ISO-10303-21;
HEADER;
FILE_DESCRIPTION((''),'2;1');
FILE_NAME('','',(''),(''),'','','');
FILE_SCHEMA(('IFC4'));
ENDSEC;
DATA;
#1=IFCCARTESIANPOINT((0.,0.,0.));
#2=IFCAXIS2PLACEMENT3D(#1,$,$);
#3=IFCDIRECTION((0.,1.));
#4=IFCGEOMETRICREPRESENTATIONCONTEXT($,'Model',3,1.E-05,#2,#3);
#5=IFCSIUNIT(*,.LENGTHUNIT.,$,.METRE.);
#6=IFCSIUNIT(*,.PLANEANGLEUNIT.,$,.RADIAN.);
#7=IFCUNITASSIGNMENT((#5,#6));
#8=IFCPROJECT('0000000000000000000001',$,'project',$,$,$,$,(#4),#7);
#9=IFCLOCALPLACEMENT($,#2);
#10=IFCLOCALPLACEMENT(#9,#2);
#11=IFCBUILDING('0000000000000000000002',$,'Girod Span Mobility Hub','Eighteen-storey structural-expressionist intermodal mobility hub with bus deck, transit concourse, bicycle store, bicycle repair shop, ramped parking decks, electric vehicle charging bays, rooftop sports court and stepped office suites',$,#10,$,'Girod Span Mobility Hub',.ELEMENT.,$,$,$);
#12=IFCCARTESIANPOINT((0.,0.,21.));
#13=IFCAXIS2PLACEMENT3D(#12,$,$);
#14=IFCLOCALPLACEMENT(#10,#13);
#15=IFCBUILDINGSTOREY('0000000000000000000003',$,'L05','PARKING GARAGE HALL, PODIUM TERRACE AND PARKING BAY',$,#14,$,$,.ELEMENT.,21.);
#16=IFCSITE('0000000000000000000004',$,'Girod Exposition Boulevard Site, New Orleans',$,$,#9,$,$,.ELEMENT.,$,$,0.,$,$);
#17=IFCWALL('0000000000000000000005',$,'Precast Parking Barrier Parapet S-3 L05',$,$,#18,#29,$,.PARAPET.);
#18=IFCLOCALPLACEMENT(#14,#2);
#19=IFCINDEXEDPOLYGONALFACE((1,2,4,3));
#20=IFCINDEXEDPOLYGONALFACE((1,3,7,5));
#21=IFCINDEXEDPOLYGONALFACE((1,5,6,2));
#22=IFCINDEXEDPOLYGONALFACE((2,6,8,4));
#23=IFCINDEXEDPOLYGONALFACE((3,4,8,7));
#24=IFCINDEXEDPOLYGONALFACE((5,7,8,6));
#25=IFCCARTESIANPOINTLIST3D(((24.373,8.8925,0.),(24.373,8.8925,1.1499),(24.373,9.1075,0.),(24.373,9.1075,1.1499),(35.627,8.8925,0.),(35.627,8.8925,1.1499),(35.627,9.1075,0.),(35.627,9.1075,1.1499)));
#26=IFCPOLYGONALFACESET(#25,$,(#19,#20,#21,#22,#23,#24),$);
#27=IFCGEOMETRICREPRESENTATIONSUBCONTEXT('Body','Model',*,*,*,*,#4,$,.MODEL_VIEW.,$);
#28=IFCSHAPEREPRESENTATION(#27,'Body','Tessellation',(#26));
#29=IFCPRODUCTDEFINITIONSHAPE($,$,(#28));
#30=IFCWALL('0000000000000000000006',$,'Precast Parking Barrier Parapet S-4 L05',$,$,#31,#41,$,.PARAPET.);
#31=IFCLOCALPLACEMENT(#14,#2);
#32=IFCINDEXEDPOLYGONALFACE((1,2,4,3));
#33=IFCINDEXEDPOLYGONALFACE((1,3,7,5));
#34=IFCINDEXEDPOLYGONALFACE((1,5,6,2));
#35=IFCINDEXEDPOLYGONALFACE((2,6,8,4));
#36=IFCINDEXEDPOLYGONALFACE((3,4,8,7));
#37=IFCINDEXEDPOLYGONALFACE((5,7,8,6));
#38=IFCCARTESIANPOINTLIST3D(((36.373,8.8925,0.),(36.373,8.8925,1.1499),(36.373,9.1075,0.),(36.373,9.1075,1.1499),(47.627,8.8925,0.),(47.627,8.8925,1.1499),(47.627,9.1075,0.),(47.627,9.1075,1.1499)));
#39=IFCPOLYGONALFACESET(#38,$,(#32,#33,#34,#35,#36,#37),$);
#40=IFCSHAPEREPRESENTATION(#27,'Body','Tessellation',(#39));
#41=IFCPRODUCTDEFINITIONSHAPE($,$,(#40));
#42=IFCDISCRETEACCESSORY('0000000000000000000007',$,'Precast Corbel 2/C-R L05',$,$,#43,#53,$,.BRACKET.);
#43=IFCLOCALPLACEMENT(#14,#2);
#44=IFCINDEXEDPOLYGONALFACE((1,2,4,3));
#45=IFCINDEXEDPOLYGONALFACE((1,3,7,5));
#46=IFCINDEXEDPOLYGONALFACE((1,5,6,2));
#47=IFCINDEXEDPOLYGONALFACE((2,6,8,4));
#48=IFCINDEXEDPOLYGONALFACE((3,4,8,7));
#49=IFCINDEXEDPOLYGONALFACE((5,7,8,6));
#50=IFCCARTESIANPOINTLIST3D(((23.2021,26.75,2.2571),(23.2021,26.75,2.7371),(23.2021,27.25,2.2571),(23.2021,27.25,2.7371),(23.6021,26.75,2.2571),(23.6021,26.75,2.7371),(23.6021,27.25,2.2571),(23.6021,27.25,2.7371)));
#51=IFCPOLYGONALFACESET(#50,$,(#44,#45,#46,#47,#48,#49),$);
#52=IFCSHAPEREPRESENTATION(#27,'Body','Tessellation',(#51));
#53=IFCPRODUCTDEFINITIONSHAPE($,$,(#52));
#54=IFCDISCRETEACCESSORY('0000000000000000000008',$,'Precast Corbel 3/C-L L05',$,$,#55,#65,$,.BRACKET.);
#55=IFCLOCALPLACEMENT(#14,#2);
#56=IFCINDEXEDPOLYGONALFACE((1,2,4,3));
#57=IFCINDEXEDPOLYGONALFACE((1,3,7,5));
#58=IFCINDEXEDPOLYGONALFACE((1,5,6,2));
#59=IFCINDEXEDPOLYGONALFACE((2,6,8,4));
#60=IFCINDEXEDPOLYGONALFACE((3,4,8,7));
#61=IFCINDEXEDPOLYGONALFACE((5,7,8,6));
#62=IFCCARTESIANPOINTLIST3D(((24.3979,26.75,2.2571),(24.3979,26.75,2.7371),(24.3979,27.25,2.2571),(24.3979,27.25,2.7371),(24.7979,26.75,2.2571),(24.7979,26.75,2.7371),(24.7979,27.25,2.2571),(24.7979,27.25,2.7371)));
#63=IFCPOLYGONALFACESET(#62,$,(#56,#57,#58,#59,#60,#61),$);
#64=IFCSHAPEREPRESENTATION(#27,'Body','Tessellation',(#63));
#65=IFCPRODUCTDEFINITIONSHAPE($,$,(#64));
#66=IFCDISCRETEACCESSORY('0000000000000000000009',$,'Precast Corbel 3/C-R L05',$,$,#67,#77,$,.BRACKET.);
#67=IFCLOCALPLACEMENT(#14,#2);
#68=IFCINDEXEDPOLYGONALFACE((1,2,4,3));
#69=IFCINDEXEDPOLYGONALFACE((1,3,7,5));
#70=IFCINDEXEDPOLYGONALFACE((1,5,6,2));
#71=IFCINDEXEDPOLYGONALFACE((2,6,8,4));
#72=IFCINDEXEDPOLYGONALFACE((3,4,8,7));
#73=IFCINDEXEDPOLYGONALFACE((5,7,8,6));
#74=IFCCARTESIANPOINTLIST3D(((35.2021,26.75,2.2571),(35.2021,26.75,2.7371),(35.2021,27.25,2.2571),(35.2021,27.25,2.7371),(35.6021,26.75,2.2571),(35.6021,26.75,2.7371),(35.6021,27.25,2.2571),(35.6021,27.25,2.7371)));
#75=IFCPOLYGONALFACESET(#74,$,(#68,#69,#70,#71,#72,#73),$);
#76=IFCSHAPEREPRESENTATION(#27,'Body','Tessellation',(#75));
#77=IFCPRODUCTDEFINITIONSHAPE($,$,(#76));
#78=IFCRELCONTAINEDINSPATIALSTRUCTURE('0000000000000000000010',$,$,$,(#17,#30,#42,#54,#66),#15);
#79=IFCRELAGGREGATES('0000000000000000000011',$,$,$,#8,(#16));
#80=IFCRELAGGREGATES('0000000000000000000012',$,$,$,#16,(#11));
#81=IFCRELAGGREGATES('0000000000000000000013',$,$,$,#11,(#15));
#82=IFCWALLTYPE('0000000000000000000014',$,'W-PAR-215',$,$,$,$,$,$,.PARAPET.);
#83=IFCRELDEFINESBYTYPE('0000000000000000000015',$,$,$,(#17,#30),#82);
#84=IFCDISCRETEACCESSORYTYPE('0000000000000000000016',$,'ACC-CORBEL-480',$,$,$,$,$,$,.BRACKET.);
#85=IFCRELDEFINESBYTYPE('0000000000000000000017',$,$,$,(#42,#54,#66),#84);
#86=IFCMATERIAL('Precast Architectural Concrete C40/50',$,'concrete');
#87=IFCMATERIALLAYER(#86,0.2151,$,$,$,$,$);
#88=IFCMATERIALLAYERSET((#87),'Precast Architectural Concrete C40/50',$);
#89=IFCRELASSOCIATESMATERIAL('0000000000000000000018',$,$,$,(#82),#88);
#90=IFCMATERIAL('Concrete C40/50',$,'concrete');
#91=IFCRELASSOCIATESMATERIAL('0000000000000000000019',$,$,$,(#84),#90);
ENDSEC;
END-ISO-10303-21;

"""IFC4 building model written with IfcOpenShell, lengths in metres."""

from ifc_helpers import new_model, si_unit, direction, frame, frame_2d, origin, origin_2d, place, context, subcontext, project, spatial, rectangle, extrude, material, layer, layer_set, type_object, element, save


model = new_model("IFC4")

# Units and contexts
model_context = context("Model", 3, precision=1e-05, world=origin(), true_north=direction((0.0, 1.0)))
body_context = subcontext(model_context, "Body", "Model", "MODEL_VIEW")
ifc_project = project(units=[si_unit("LENGTHUNIT", "METRE"), si_unit("PLANEANGLEUNIT", "RADIAN")], contexts=[model_context])

# Site, building, storey
site_placement = place(None, origin())
site = spatial("IfcSite", under=ifc_project, at=site_placement, Name="Girod Exposition Boulevard Site, New Orleans", CompositionType="ELEMENT", RefElevation=0.0)
building_placement = place(site_placement, origin())
building = spatial("IfcBuilding", under=site, at=building_placement, Name="Girod Span Mobility Hub", Description="Eighteen-storey structural-expressionist intermodal mobility hub with bus deck, transit concourse, bicycle store, bicycle repair shop, ramped parking decks, electric vehicle charging bays, rooftop sports court and stepped office suites", LongName="Girod Span Mobility Hub", CompositionType="ELEMENT")
storey_placement = place(building_placement, frame((0.0, 0.0, 21.0)))
storey = spatial("IfcBuildingStorey", under=building, at=storey_placement, Name="L05", Description="PARKING GARAGE HALL, PODIUM TERRACE AND PARKING BAY", CompositionType="ELEMENT", Elevation=21.0)

# Walls
ifc_material_1 = material(Name="Precast Architectural Concrete C40/50", Category="concrete")
ifc_layer_1 = layer(ifc_material_1, 0.2151)
ifc_layer_set_1 = layer_set([ifc_layer_1], Name="Precast Architectural Concrete C40/50")
wall_type = type_object("IfcWallType", Name="W-PAR-215", PredefinedType="PARAPET", material=ifc_layer_set_1)
for number, where, z_axis, x_axis, name in (
    (1, (24.373, 9.0, 0.0), (0.0, 0.0, 1.0), (1.0, 0.0, 0.0), "Precast Parking Barrier Parapet S-3 L05"),
    (2, (36.373, 9.0, 0.0), (0.0, 0.0, 1.0), (1.0, 0.0, 0.0), "Precast Parking Barrier Parapet S-4 L05"),
):
    element("IfcWall", number, at=place(storey_placement, frame(where, z_axis=z_axis, x_axis=x_axis)), inside=storey, type_object=wall_type, Name=name, PredefinedType="PARAPET", context=body_context, shape_type="SweptSolid", body=[
        extrude(rectangle(XDim=11.2539, YDim=0.2151, at=frame_2d((5.627, 0.0))), origin(), (0.0, 0.0, 1.0), 1.1499),
    ])

# Discrete accessories
ifc_material_2 = material(Name="Concrete C40/50", Category="concrete")
discrete_accessory_type = type_object("IfcDiscreteAccessoryType", Name="ACC-CORBEL-480", PredefinedType="BRACKET", material=ifc_material_2)
for number, where, z_axis, x_axis, name in (
    (3, (23.4021, 27.0, 2.2571), (0.0, 0.0, 1.0), (1.0, 0.0, 0.0), "Precast Corbel 2/C-R L05"),
    (4, (24.5979, 27.0, 2.2571), (0.0, 0.0, 1.0), (1.0, 0.0, 0.0), "Precast Corbel 3/C-L L05"),
    (5, (35.4021, 27.0, 2.2571), (0.0, 0.0, 1.0), (1.0, 0.0, 0.0), "Precast Corbel 3/C-R L05"),
):
    element("IfcDiscreteAccessory", number, at=place(storey_placement, frame(where, z_axis=z_axis, x_axis=x_axis)), inside=storey, type_object=discrete_accessory_type, Name=name, PredefinedType="BRACKET", context=body_context, shape_type="SweptSolid", body=[
        extrude(rectangle(XDim=0.3999, YDim=0.5, at=origin_2d()), origin(), (0.0, 0.0, 1.0), 0.48),
    ])

save(model, "model.ifc")
